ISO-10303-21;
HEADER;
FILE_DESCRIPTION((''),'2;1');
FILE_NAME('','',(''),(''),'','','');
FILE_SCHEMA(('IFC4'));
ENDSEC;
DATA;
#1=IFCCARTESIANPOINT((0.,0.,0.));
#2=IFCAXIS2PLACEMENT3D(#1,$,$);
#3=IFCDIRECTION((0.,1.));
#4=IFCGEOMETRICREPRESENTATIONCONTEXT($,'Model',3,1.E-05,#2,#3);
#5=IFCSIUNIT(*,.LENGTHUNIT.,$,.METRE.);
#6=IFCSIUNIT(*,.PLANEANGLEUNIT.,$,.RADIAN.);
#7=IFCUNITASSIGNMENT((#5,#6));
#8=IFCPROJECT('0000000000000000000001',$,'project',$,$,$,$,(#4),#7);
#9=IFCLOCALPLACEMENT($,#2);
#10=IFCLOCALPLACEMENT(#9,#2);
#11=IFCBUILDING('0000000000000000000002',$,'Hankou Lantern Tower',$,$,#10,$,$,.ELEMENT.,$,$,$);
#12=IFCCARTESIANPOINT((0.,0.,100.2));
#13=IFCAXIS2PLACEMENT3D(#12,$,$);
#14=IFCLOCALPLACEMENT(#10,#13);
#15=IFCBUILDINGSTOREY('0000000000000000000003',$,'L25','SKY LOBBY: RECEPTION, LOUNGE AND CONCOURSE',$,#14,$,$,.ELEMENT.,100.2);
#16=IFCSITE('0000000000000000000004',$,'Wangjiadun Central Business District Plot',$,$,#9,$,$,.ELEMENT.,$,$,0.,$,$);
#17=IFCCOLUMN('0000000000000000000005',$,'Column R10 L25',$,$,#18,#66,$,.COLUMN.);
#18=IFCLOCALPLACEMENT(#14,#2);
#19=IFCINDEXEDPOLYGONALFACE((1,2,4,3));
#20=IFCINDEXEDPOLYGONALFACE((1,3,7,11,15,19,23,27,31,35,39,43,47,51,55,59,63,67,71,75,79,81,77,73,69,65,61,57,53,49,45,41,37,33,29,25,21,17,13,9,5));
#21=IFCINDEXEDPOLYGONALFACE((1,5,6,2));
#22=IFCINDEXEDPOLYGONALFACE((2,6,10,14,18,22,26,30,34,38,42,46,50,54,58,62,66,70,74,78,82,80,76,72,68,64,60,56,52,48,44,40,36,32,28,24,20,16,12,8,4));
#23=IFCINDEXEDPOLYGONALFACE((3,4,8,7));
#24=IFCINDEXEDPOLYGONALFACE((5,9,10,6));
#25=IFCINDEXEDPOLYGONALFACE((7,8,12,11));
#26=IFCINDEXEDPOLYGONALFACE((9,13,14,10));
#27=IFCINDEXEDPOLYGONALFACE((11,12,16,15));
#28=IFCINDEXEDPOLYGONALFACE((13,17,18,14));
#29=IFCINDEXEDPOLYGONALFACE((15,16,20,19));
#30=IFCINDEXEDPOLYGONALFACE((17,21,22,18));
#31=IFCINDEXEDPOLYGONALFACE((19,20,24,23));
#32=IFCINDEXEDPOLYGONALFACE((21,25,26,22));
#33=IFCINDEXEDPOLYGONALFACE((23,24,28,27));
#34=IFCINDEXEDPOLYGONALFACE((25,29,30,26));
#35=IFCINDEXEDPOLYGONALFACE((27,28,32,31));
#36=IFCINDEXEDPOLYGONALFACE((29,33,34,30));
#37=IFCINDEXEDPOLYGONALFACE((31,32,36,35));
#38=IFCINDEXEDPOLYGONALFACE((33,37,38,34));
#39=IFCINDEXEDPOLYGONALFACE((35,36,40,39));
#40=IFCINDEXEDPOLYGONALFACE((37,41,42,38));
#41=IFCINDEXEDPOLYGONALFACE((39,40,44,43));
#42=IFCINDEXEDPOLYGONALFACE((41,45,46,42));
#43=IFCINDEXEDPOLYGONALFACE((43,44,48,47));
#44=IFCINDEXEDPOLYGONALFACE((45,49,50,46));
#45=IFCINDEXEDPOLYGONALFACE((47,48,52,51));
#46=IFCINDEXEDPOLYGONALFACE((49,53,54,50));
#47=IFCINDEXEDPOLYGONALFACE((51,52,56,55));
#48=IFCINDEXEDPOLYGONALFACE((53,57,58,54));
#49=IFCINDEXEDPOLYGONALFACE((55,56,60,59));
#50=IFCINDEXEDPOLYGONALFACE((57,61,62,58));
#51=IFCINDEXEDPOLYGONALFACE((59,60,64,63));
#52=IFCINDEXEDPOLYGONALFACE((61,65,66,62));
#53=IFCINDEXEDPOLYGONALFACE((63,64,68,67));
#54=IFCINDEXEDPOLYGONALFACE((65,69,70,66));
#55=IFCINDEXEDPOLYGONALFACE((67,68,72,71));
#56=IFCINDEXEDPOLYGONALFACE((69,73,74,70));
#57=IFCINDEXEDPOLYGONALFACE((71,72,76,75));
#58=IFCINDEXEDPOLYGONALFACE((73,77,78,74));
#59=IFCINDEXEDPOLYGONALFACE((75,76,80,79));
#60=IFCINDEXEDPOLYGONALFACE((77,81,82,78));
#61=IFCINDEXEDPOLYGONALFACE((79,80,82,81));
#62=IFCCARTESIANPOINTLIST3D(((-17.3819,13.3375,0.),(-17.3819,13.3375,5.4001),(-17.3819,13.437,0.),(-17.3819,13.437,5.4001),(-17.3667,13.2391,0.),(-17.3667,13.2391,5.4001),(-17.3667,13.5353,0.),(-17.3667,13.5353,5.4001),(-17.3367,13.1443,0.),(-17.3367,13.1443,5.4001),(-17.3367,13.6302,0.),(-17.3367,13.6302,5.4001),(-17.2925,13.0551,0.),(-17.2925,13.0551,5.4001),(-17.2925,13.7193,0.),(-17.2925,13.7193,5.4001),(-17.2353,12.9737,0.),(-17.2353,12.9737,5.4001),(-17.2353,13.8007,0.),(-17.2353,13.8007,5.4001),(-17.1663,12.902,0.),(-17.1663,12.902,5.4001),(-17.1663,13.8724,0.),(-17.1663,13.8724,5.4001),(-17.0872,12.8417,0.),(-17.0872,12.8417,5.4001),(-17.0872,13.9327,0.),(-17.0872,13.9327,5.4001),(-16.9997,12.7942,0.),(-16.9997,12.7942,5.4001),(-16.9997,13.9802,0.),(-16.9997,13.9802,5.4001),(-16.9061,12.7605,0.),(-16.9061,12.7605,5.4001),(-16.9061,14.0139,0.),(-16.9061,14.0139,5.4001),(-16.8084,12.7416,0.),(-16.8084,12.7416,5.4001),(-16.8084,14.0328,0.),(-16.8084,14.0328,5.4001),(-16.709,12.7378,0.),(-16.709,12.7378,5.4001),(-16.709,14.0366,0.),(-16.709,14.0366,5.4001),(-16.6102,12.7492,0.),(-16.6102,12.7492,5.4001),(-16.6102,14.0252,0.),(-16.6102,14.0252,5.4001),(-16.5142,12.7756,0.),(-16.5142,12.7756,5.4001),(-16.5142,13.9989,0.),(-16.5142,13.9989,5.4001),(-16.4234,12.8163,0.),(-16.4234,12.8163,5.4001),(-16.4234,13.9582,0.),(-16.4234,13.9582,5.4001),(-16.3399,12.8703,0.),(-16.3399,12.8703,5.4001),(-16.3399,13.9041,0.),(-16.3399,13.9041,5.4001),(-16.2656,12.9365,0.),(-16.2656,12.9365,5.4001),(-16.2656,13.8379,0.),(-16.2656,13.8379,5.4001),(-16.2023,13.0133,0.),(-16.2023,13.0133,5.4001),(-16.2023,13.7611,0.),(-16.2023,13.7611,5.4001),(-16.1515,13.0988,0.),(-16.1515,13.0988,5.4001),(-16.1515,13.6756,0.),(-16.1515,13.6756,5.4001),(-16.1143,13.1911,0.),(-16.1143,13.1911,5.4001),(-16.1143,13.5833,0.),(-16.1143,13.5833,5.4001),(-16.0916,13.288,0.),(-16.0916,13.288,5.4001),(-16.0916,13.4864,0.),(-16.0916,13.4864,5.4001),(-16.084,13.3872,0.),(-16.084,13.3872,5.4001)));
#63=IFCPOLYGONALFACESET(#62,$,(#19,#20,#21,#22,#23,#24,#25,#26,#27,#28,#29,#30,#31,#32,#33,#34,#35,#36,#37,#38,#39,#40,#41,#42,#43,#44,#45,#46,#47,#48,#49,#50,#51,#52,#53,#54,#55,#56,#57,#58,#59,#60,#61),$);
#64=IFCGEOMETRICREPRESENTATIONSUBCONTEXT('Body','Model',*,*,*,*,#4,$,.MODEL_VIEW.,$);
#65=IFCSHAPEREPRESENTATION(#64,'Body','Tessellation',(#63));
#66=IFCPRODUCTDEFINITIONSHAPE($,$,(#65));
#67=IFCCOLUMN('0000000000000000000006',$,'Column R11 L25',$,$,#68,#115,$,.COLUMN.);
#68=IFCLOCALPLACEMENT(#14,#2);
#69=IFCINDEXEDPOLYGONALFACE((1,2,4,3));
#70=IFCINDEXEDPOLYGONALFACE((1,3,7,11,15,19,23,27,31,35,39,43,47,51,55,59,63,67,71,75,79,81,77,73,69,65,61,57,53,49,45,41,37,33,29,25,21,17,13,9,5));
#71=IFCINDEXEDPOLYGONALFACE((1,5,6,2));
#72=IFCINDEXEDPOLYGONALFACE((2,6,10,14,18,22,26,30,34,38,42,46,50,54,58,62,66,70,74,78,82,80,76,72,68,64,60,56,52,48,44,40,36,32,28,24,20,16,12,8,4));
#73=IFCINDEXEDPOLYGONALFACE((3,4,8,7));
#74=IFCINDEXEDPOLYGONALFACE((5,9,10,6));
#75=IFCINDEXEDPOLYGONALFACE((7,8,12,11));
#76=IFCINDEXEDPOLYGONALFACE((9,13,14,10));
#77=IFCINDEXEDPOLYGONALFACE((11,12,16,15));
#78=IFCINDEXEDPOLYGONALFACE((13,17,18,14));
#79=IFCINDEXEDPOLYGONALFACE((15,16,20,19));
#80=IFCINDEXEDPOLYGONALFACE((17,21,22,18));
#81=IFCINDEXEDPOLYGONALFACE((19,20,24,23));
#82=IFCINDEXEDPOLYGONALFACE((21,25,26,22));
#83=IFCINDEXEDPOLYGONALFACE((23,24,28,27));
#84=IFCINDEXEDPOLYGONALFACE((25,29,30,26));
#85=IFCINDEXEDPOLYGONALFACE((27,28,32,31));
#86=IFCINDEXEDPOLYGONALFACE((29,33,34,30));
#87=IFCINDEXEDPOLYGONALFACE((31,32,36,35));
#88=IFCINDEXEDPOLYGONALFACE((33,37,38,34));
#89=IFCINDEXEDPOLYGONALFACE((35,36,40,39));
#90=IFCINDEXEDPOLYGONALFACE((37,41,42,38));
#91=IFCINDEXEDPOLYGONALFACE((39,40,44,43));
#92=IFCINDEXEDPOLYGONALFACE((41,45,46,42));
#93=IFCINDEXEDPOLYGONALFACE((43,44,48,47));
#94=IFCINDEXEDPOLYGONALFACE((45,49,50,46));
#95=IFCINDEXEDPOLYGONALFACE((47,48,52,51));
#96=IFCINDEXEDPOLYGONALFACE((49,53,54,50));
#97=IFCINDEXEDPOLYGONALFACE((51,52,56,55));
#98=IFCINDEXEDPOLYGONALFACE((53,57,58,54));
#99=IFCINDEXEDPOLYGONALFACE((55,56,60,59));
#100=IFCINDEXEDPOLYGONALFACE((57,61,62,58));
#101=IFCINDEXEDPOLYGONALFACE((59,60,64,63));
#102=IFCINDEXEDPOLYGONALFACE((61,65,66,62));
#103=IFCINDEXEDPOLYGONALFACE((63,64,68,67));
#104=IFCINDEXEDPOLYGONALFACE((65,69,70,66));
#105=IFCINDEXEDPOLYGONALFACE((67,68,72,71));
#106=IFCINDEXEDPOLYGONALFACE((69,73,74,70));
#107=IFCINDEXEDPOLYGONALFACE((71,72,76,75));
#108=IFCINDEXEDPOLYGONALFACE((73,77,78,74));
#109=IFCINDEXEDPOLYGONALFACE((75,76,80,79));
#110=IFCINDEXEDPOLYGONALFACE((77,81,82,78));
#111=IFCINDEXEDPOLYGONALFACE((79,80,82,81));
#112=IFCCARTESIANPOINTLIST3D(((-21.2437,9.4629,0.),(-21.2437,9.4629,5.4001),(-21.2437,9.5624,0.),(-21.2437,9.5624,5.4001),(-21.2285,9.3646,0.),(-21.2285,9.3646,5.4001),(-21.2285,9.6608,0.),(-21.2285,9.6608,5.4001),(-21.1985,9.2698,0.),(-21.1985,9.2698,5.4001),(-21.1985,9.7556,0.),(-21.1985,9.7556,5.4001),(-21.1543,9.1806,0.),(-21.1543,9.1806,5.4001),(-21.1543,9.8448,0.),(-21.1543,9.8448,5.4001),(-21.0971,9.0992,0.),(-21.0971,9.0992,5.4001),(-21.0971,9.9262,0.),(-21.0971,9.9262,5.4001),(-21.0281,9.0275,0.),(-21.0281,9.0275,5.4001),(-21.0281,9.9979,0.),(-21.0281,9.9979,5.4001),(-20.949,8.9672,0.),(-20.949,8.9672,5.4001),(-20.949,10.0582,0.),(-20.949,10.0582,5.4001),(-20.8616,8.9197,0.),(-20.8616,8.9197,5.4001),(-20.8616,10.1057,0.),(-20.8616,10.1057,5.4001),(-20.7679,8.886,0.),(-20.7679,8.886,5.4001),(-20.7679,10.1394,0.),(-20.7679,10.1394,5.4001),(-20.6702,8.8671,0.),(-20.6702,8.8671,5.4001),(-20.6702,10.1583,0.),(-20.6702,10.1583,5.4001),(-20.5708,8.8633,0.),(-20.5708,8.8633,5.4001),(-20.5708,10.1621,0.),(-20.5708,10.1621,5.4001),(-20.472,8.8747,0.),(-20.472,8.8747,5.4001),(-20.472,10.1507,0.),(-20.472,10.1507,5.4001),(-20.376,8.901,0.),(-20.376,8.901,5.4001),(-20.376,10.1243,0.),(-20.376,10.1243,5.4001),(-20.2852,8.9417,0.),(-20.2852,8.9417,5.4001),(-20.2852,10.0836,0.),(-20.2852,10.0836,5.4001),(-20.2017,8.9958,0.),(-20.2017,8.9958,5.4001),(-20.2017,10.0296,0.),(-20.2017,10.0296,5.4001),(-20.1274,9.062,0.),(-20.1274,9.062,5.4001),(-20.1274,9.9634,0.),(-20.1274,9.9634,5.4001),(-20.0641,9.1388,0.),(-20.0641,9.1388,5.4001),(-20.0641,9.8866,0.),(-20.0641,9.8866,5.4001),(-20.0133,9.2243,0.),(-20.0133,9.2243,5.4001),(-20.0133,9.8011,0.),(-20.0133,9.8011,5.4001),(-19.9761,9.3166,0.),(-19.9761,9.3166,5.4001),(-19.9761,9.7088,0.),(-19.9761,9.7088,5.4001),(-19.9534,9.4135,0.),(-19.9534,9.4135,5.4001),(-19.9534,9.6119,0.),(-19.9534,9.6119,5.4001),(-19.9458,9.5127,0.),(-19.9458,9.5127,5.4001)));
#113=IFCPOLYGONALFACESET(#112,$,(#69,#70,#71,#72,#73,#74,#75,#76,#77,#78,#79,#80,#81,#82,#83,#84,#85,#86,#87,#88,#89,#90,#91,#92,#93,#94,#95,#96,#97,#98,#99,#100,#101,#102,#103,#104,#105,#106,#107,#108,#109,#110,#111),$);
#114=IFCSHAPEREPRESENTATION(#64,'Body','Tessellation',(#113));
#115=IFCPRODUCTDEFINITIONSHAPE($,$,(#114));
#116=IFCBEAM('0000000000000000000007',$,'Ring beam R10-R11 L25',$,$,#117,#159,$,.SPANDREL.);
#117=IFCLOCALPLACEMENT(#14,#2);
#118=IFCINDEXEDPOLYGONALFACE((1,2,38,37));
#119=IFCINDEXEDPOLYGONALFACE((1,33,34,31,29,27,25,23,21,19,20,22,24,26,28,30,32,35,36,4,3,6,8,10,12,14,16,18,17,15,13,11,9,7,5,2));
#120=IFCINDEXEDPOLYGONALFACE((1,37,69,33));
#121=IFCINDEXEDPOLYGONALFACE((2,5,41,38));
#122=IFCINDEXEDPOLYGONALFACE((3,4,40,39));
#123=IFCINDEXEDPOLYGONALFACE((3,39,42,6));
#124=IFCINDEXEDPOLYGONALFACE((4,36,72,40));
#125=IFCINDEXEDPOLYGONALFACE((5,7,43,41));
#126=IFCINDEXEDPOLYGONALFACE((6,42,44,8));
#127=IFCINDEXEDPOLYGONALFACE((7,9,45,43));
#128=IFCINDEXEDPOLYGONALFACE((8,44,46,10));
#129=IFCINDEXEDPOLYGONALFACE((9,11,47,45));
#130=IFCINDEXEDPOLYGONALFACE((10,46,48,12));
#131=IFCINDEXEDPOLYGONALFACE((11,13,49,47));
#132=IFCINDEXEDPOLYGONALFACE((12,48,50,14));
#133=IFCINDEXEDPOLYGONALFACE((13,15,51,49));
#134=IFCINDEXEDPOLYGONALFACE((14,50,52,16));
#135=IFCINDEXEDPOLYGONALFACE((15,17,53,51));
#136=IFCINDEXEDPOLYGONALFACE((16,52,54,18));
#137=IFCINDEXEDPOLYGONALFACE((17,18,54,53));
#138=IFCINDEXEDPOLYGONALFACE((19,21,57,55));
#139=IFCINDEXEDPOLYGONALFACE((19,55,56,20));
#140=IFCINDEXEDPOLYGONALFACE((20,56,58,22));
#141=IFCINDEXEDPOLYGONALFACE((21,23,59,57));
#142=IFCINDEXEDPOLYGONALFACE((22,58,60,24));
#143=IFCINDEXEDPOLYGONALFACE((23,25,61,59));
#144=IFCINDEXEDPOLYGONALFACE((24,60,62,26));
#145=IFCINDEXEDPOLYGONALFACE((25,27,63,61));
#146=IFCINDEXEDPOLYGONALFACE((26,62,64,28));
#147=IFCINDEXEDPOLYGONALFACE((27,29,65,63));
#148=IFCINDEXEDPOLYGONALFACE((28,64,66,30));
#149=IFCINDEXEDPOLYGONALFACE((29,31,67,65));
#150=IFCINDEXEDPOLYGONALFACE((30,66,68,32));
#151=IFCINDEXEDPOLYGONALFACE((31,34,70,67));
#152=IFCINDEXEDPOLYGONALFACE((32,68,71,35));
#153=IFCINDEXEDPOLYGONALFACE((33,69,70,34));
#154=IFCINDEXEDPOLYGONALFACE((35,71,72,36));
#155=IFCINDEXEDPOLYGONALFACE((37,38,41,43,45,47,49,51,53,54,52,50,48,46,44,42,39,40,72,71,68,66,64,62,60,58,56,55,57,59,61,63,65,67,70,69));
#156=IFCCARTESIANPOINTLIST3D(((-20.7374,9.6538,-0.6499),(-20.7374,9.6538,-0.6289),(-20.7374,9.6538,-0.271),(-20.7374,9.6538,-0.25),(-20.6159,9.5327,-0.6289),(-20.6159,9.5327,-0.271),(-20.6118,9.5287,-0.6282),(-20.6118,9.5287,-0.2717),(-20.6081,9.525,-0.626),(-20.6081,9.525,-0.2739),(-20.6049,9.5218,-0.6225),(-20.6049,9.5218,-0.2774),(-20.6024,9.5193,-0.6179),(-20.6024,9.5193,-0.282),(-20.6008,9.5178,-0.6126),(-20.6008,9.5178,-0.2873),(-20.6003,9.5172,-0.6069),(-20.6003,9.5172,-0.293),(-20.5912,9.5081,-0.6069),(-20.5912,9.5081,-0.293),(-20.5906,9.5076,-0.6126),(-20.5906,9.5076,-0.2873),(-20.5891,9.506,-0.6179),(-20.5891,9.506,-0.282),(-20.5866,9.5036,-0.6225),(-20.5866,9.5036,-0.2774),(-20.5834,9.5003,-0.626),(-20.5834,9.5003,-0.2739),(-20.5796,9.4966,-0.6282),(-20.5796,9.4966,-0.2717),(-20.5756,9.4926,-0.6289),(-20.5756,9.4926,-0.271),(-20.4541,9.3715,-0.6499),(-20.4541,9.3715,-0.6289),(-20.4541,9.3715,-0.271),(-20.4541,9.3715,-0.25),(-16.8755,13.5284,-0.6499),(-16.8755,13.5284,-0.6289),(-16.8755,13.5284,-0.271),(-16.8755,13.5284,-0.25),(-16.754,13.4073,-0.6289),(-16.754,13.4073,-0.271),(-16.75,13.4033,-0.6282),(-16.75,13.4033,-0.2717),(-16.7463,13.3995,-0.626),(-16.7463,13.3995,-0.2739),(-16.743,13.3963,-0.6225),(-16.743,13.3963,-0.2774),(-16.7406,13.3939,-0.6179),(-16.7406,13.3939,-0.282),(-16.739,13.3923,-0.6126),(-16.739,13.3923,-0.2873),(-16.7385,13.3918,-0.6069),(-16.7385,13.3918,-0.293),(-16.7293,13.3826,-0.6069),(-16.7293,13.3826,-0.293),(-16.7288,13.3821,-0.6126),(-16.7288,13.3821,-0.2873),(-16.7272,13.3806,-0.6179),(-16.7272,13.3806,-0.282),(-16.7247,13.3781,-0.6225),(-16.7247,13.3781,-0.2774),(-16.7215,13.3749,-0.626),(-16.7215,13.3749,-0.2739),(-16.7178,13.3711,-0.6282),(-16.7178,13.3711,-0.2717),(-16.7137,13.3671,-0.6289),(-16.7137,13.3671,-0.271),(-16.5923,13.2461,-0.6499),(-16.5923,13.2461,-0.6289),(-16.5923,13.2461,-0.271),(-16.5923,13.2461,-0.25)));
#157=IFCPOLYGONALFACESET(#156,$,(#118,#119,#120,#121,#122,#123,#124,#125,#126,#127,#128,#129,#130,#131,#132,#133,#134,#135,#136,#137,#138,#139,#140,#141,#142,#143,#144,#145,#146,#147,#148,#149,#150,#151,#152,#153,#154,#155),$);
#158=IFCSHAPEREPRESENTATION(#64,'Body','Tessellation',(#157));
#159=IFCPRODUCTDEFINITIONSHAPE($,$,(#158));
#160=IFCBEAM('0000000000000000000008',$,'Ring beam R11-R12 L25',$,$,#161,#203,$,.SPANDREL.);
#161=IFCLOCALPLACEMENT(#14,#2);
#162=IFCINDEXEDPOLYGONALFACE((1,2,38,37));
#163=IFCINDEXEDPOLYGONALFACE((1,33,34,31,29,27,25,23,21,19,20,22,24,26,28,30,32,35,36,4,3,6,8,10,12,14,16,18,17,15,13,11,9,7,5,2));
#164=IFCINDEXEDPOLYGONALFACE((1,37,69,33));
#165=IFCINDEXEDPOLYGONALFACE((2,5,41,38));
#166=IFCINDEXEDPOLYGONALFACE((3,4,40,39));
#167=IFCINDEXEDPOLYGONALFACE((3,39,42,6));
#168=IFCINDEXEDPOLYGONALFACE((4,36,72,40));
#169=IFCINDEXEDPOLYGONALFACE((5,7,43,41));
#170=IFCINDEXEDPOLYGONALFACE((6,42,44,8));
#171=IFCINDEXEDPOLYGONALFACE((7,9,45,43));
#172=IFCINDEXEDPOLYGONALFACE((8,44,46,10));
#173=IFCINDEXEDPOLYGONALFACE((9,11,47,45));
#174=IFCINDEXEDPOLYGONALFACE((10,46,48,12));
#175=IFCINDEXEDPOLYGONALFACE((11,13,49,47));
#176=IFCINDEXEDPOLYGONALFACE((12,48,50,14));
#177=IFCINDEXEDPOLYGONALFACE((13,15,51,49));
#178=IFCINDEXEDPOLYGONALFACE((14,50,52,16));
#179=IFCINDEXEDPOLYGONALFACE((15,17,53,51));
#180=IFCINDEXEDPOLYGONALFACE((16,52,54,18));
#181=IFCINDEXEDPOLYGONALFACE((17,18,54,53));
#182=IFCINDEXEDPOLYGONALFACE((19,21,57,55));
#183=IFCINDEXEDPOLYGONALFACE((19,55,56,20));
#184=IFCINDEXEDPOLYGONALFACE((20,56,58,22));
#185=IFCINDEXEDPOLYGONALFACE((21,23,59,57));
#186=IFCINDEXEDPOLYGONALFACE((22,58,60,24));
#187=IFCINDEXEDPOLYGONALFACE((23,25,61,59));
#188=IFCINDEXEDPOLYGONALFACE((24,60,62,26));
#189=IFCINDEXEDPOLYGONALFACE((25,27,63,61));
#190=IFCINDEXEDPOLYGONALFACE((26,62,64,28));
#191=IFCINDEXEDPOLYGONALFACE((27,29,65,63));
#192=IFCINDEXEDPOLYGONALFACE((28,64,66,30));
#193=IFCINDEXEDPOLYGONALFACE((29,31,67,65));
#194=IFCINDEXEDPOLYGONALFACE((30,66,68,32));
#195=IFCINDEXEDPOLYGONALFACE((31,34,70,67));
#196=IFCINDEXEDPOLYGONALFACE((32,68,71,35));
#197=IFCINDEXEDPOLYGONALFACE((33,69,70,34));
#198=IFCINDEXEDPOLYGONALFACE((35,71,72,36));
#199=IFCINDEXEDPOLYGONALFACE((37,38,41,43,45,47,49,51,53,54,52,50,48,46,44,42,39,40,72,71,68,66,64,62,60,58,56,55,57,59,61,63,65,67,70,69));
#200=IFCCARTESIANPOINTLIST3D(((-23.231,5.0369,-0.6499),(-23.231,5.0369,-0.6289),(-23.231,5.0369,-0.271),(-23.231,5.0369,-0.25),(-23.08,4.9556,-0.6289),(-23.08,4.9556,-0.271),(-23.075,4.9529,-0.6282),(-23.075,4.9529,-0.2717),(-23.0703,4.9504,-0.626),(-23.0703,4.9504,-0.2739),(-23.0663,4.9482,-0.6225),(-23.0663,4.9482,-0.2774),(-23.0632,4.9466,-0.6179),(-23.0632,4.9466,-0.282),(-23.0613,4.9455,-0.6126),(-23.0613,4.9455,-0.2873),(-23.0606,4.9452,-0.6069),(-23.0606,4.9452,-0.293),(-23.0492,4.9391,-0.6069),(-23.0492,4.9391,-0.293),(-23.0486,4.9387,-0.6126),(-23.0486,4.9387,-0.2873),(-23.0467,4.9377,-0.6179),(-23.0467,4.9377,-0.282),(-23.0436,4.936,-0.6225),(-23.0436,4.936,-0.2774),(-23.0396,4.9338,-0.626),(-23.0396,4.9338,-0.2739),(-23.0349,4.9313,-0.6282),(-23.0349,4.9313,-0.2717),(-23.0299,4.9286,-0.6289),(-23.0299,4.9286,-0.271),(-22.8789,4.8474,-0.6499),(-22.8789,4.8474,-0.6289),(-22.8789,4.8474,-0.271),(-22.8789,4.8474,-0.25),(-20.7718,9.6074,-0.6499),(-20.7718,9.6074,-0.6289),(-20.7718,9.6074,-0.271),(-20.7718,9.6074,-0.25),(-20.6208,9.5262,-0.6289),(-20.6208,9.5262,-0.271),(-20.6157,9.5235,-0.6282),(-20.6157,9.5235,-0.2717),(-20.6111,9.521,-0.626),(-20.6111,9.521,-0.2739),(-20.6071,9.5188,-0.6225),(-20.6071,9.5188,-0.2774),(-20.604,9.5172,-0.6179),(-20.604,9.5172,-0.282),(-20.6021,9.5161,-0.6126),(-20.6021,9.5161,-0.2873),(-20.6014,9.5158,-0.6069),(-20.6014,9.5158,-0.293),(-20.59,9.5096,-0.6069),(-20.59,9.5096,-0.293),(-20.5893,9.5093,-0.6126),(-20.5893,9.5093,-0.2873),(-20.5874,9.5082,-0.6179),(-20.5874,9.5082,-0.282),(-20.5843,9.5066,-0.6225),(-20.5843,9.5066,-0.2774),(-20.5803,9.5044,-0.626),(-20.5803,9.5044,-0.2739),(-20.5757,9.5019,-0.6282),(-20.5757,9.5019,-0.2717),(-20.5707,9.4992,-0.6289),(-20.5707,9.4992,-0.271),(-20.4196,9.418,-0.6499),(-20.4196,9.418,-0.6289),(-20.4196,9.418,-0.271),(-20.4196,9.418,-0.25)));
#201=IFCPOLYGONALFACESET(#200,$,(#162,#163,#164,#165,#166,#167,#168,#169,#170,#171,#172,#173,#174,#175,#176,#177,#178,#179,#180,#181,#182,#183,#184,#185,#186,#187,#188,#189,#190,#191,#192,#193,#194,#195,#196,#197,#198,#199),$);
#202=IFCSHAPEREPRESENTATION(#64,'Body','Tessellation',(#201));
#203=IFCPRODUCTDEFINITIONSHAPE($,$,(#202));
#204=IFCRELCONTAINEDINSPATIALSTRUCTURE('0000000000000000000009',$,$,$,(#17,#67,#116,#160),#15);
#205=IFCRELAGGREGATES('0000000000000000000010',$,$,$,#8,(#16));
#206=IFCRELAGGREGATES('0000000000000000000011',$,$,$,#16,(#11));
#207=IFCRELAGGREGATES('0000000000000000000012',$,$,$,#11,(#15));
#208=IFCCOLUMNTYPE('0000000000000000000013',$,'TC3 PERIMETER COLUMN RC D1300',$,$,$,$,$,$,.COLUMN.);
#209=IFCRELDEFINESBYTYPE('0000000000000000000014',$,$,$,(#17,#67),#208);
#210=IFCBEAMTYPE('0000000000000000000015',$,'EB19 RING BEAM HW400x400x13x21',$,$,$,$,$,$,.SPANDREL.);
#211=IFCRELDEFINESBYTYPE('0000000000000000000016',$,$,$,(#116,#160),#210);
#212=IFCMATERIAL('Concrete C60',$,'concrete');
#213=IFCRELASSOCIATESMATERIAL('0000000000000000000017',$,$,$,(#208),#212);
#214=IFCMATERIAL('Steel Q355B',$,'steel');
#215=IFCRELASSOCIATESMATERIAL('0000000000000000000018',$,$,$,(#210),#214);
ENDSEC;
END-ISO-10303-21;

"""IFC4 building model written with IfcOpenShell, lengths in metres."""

from ifc_helpers import new_model, si_unit, direction, frame, origin, origin_2d, place, context, subcontext, project, spatial, circle, i_section, extrude, material, material_profile, profile_set, type_object, element, save


model = new_model("IFC4")

# Units and contexts
model_context = context("Model", 3, precision=1e-05, world=origin(), true_north=direction((0.0, 1.0)))
body_context = subcontext(model_context, "Body", "Model", "MODEL_VIEW")
ifc_project = project(units=[si_unit("LENGTHUNIT", "METRE"), si_unit("PLANEANGLEUNIT", "RADIAN")], contexts=[model_context])

# Site, building, storey
site_placement = place(None, origin())
site = spatial("IfcSite", under=ifc_project, at=site_placement, Name="Wangjiadun Central Business District Plot", CompositionType="ELEMENT", RefElevation=0.0)
building_placement = place(site_placement, origin())
building = spatial("IfcBuilding", under=site, at=building_placement, Name="Hankou Lantern Tower", CompositionType="ELEMENT")
storey_placement = place(building_placement, frame((0.0, 0.0, 100.2)))
storey = spatial("IfcBuildingStorey", under=building, at=storey_placement, Name="L25", Description="SKY LOBBY: RECEPTION, LOUNGE AND CONCOURSE", CompositionType="ELEMENT", Elevation=100.2)

# Columns
ifc_material_1 = material(Name="Concrete C60", Category="concrete")
ifc_material_profile_1 = material_profile(ifc_material_1, circle(Radius=0.6499, at=origin_2d()), Name="RC D1300")
ifc_profile_set_1 = profile_set([ifc_material_profile_1], Name="Concrete C60")
column_type = type_object("IfcColumnType", Name="TC3 PERIMETER COLUMN RC D1300", PredefinedType="COLUMN", material=ifc_profile_set_1)
for number, where, z_axis, x_axis, name in (
    (1, (-16.7339, 13.3872, 0.0), (0.0, 0.0, 1.0), (1.0, 0.0, 0.0), "Column R10 L25"),
    (2, (-20.5957, 9.5127, 0.0), (0.0, 0.0, 1.0), (1.0, 0.0, 0.0), "Column R11 L25"),
):
    element("IfcColumn", number, at=place(storey_placement, frame(where, z_axis=z_axis, x_axis=x_axis)), inside=storey, type_object=column_type, Name=name, PredefinedType="COLUMN", context=body_context, shape_type="SweptSolid", body=[
        extrude(circle(Radius=0.6499, at=origin_2d()), origin(), (0.0, 0.0, 1.0), 5.4001),
    ])

# Beams
ifc_material_2 = material(Name="Steel Q355B", Category="steel")
ifc_material_profile_2 = material_profile(ifc_material_2, i_section(OverallWidth=0.3999, OverallDepth=0.3999, WebThickness=0.0129, FlangeThickness=0.021, FilletRadius=0.022, at=origin_2d()), Name="HW400x400x13x21")
ifc_profile_set_2 = profile_set([ifc_material_profile_2], Name="Steel Q355B")
beam_type_1 = type_object("IfcBeamType", Name="EB19 RING BEAM HW400x400x13x21", PredefinedType="SPANDREL", material=ifc_profile_set_2)
beam_1_placement = place(storey_placement, frame((-16.7339, 13.3872, -0.45), z_axis=(-0.705945, -0.708266, 0.0), x_axis=(0.708266, -0.705945, 0.0)))
element("IfcBeam", 3, at=beam_1_placement, inside=storey, type_object=beam_type_1, Name="Ring beam R10-R11 L25", PredefinedType="SPANDREL", context=body_context, shape_type="SweptSolid", body=[
    extrude(i_section(OverallWidth=0.3999, OverallDepth=0.3999, WebThickness=0.0129, FlangeThickness=0.021, FilletRadius=0.022, at=origin_2d()), origin(), (0.0, 0.0, 1.0), 5.4705),
])
beam_2_placement = place(storey_placement, frame((-20.5957, 9.5127, -0.45), z_axis=(-0.473825, -0.880619, 0.0), x_axis=(0.880619, -0.473825, 0.0)))
element("IfcBeam", 4, at=beam_2_placement, inside=storey, type_object=beam_type_1, Name="Ring beam R11-R12 L25", PredefinedType="SPANDREL", context=body_context, shape_type="SweptSolid", body=[
    extrude(i_section(OverallWidth=0.3999, OverallDepth=0.3999, WebThickness=0.0129, FlangeThickness=0.021, FilletRadius=0.022, at=origin_2d()), origin(), (0.0, 0.0, 1.0), 5.1902),
])

save(model, "model.ifc")
